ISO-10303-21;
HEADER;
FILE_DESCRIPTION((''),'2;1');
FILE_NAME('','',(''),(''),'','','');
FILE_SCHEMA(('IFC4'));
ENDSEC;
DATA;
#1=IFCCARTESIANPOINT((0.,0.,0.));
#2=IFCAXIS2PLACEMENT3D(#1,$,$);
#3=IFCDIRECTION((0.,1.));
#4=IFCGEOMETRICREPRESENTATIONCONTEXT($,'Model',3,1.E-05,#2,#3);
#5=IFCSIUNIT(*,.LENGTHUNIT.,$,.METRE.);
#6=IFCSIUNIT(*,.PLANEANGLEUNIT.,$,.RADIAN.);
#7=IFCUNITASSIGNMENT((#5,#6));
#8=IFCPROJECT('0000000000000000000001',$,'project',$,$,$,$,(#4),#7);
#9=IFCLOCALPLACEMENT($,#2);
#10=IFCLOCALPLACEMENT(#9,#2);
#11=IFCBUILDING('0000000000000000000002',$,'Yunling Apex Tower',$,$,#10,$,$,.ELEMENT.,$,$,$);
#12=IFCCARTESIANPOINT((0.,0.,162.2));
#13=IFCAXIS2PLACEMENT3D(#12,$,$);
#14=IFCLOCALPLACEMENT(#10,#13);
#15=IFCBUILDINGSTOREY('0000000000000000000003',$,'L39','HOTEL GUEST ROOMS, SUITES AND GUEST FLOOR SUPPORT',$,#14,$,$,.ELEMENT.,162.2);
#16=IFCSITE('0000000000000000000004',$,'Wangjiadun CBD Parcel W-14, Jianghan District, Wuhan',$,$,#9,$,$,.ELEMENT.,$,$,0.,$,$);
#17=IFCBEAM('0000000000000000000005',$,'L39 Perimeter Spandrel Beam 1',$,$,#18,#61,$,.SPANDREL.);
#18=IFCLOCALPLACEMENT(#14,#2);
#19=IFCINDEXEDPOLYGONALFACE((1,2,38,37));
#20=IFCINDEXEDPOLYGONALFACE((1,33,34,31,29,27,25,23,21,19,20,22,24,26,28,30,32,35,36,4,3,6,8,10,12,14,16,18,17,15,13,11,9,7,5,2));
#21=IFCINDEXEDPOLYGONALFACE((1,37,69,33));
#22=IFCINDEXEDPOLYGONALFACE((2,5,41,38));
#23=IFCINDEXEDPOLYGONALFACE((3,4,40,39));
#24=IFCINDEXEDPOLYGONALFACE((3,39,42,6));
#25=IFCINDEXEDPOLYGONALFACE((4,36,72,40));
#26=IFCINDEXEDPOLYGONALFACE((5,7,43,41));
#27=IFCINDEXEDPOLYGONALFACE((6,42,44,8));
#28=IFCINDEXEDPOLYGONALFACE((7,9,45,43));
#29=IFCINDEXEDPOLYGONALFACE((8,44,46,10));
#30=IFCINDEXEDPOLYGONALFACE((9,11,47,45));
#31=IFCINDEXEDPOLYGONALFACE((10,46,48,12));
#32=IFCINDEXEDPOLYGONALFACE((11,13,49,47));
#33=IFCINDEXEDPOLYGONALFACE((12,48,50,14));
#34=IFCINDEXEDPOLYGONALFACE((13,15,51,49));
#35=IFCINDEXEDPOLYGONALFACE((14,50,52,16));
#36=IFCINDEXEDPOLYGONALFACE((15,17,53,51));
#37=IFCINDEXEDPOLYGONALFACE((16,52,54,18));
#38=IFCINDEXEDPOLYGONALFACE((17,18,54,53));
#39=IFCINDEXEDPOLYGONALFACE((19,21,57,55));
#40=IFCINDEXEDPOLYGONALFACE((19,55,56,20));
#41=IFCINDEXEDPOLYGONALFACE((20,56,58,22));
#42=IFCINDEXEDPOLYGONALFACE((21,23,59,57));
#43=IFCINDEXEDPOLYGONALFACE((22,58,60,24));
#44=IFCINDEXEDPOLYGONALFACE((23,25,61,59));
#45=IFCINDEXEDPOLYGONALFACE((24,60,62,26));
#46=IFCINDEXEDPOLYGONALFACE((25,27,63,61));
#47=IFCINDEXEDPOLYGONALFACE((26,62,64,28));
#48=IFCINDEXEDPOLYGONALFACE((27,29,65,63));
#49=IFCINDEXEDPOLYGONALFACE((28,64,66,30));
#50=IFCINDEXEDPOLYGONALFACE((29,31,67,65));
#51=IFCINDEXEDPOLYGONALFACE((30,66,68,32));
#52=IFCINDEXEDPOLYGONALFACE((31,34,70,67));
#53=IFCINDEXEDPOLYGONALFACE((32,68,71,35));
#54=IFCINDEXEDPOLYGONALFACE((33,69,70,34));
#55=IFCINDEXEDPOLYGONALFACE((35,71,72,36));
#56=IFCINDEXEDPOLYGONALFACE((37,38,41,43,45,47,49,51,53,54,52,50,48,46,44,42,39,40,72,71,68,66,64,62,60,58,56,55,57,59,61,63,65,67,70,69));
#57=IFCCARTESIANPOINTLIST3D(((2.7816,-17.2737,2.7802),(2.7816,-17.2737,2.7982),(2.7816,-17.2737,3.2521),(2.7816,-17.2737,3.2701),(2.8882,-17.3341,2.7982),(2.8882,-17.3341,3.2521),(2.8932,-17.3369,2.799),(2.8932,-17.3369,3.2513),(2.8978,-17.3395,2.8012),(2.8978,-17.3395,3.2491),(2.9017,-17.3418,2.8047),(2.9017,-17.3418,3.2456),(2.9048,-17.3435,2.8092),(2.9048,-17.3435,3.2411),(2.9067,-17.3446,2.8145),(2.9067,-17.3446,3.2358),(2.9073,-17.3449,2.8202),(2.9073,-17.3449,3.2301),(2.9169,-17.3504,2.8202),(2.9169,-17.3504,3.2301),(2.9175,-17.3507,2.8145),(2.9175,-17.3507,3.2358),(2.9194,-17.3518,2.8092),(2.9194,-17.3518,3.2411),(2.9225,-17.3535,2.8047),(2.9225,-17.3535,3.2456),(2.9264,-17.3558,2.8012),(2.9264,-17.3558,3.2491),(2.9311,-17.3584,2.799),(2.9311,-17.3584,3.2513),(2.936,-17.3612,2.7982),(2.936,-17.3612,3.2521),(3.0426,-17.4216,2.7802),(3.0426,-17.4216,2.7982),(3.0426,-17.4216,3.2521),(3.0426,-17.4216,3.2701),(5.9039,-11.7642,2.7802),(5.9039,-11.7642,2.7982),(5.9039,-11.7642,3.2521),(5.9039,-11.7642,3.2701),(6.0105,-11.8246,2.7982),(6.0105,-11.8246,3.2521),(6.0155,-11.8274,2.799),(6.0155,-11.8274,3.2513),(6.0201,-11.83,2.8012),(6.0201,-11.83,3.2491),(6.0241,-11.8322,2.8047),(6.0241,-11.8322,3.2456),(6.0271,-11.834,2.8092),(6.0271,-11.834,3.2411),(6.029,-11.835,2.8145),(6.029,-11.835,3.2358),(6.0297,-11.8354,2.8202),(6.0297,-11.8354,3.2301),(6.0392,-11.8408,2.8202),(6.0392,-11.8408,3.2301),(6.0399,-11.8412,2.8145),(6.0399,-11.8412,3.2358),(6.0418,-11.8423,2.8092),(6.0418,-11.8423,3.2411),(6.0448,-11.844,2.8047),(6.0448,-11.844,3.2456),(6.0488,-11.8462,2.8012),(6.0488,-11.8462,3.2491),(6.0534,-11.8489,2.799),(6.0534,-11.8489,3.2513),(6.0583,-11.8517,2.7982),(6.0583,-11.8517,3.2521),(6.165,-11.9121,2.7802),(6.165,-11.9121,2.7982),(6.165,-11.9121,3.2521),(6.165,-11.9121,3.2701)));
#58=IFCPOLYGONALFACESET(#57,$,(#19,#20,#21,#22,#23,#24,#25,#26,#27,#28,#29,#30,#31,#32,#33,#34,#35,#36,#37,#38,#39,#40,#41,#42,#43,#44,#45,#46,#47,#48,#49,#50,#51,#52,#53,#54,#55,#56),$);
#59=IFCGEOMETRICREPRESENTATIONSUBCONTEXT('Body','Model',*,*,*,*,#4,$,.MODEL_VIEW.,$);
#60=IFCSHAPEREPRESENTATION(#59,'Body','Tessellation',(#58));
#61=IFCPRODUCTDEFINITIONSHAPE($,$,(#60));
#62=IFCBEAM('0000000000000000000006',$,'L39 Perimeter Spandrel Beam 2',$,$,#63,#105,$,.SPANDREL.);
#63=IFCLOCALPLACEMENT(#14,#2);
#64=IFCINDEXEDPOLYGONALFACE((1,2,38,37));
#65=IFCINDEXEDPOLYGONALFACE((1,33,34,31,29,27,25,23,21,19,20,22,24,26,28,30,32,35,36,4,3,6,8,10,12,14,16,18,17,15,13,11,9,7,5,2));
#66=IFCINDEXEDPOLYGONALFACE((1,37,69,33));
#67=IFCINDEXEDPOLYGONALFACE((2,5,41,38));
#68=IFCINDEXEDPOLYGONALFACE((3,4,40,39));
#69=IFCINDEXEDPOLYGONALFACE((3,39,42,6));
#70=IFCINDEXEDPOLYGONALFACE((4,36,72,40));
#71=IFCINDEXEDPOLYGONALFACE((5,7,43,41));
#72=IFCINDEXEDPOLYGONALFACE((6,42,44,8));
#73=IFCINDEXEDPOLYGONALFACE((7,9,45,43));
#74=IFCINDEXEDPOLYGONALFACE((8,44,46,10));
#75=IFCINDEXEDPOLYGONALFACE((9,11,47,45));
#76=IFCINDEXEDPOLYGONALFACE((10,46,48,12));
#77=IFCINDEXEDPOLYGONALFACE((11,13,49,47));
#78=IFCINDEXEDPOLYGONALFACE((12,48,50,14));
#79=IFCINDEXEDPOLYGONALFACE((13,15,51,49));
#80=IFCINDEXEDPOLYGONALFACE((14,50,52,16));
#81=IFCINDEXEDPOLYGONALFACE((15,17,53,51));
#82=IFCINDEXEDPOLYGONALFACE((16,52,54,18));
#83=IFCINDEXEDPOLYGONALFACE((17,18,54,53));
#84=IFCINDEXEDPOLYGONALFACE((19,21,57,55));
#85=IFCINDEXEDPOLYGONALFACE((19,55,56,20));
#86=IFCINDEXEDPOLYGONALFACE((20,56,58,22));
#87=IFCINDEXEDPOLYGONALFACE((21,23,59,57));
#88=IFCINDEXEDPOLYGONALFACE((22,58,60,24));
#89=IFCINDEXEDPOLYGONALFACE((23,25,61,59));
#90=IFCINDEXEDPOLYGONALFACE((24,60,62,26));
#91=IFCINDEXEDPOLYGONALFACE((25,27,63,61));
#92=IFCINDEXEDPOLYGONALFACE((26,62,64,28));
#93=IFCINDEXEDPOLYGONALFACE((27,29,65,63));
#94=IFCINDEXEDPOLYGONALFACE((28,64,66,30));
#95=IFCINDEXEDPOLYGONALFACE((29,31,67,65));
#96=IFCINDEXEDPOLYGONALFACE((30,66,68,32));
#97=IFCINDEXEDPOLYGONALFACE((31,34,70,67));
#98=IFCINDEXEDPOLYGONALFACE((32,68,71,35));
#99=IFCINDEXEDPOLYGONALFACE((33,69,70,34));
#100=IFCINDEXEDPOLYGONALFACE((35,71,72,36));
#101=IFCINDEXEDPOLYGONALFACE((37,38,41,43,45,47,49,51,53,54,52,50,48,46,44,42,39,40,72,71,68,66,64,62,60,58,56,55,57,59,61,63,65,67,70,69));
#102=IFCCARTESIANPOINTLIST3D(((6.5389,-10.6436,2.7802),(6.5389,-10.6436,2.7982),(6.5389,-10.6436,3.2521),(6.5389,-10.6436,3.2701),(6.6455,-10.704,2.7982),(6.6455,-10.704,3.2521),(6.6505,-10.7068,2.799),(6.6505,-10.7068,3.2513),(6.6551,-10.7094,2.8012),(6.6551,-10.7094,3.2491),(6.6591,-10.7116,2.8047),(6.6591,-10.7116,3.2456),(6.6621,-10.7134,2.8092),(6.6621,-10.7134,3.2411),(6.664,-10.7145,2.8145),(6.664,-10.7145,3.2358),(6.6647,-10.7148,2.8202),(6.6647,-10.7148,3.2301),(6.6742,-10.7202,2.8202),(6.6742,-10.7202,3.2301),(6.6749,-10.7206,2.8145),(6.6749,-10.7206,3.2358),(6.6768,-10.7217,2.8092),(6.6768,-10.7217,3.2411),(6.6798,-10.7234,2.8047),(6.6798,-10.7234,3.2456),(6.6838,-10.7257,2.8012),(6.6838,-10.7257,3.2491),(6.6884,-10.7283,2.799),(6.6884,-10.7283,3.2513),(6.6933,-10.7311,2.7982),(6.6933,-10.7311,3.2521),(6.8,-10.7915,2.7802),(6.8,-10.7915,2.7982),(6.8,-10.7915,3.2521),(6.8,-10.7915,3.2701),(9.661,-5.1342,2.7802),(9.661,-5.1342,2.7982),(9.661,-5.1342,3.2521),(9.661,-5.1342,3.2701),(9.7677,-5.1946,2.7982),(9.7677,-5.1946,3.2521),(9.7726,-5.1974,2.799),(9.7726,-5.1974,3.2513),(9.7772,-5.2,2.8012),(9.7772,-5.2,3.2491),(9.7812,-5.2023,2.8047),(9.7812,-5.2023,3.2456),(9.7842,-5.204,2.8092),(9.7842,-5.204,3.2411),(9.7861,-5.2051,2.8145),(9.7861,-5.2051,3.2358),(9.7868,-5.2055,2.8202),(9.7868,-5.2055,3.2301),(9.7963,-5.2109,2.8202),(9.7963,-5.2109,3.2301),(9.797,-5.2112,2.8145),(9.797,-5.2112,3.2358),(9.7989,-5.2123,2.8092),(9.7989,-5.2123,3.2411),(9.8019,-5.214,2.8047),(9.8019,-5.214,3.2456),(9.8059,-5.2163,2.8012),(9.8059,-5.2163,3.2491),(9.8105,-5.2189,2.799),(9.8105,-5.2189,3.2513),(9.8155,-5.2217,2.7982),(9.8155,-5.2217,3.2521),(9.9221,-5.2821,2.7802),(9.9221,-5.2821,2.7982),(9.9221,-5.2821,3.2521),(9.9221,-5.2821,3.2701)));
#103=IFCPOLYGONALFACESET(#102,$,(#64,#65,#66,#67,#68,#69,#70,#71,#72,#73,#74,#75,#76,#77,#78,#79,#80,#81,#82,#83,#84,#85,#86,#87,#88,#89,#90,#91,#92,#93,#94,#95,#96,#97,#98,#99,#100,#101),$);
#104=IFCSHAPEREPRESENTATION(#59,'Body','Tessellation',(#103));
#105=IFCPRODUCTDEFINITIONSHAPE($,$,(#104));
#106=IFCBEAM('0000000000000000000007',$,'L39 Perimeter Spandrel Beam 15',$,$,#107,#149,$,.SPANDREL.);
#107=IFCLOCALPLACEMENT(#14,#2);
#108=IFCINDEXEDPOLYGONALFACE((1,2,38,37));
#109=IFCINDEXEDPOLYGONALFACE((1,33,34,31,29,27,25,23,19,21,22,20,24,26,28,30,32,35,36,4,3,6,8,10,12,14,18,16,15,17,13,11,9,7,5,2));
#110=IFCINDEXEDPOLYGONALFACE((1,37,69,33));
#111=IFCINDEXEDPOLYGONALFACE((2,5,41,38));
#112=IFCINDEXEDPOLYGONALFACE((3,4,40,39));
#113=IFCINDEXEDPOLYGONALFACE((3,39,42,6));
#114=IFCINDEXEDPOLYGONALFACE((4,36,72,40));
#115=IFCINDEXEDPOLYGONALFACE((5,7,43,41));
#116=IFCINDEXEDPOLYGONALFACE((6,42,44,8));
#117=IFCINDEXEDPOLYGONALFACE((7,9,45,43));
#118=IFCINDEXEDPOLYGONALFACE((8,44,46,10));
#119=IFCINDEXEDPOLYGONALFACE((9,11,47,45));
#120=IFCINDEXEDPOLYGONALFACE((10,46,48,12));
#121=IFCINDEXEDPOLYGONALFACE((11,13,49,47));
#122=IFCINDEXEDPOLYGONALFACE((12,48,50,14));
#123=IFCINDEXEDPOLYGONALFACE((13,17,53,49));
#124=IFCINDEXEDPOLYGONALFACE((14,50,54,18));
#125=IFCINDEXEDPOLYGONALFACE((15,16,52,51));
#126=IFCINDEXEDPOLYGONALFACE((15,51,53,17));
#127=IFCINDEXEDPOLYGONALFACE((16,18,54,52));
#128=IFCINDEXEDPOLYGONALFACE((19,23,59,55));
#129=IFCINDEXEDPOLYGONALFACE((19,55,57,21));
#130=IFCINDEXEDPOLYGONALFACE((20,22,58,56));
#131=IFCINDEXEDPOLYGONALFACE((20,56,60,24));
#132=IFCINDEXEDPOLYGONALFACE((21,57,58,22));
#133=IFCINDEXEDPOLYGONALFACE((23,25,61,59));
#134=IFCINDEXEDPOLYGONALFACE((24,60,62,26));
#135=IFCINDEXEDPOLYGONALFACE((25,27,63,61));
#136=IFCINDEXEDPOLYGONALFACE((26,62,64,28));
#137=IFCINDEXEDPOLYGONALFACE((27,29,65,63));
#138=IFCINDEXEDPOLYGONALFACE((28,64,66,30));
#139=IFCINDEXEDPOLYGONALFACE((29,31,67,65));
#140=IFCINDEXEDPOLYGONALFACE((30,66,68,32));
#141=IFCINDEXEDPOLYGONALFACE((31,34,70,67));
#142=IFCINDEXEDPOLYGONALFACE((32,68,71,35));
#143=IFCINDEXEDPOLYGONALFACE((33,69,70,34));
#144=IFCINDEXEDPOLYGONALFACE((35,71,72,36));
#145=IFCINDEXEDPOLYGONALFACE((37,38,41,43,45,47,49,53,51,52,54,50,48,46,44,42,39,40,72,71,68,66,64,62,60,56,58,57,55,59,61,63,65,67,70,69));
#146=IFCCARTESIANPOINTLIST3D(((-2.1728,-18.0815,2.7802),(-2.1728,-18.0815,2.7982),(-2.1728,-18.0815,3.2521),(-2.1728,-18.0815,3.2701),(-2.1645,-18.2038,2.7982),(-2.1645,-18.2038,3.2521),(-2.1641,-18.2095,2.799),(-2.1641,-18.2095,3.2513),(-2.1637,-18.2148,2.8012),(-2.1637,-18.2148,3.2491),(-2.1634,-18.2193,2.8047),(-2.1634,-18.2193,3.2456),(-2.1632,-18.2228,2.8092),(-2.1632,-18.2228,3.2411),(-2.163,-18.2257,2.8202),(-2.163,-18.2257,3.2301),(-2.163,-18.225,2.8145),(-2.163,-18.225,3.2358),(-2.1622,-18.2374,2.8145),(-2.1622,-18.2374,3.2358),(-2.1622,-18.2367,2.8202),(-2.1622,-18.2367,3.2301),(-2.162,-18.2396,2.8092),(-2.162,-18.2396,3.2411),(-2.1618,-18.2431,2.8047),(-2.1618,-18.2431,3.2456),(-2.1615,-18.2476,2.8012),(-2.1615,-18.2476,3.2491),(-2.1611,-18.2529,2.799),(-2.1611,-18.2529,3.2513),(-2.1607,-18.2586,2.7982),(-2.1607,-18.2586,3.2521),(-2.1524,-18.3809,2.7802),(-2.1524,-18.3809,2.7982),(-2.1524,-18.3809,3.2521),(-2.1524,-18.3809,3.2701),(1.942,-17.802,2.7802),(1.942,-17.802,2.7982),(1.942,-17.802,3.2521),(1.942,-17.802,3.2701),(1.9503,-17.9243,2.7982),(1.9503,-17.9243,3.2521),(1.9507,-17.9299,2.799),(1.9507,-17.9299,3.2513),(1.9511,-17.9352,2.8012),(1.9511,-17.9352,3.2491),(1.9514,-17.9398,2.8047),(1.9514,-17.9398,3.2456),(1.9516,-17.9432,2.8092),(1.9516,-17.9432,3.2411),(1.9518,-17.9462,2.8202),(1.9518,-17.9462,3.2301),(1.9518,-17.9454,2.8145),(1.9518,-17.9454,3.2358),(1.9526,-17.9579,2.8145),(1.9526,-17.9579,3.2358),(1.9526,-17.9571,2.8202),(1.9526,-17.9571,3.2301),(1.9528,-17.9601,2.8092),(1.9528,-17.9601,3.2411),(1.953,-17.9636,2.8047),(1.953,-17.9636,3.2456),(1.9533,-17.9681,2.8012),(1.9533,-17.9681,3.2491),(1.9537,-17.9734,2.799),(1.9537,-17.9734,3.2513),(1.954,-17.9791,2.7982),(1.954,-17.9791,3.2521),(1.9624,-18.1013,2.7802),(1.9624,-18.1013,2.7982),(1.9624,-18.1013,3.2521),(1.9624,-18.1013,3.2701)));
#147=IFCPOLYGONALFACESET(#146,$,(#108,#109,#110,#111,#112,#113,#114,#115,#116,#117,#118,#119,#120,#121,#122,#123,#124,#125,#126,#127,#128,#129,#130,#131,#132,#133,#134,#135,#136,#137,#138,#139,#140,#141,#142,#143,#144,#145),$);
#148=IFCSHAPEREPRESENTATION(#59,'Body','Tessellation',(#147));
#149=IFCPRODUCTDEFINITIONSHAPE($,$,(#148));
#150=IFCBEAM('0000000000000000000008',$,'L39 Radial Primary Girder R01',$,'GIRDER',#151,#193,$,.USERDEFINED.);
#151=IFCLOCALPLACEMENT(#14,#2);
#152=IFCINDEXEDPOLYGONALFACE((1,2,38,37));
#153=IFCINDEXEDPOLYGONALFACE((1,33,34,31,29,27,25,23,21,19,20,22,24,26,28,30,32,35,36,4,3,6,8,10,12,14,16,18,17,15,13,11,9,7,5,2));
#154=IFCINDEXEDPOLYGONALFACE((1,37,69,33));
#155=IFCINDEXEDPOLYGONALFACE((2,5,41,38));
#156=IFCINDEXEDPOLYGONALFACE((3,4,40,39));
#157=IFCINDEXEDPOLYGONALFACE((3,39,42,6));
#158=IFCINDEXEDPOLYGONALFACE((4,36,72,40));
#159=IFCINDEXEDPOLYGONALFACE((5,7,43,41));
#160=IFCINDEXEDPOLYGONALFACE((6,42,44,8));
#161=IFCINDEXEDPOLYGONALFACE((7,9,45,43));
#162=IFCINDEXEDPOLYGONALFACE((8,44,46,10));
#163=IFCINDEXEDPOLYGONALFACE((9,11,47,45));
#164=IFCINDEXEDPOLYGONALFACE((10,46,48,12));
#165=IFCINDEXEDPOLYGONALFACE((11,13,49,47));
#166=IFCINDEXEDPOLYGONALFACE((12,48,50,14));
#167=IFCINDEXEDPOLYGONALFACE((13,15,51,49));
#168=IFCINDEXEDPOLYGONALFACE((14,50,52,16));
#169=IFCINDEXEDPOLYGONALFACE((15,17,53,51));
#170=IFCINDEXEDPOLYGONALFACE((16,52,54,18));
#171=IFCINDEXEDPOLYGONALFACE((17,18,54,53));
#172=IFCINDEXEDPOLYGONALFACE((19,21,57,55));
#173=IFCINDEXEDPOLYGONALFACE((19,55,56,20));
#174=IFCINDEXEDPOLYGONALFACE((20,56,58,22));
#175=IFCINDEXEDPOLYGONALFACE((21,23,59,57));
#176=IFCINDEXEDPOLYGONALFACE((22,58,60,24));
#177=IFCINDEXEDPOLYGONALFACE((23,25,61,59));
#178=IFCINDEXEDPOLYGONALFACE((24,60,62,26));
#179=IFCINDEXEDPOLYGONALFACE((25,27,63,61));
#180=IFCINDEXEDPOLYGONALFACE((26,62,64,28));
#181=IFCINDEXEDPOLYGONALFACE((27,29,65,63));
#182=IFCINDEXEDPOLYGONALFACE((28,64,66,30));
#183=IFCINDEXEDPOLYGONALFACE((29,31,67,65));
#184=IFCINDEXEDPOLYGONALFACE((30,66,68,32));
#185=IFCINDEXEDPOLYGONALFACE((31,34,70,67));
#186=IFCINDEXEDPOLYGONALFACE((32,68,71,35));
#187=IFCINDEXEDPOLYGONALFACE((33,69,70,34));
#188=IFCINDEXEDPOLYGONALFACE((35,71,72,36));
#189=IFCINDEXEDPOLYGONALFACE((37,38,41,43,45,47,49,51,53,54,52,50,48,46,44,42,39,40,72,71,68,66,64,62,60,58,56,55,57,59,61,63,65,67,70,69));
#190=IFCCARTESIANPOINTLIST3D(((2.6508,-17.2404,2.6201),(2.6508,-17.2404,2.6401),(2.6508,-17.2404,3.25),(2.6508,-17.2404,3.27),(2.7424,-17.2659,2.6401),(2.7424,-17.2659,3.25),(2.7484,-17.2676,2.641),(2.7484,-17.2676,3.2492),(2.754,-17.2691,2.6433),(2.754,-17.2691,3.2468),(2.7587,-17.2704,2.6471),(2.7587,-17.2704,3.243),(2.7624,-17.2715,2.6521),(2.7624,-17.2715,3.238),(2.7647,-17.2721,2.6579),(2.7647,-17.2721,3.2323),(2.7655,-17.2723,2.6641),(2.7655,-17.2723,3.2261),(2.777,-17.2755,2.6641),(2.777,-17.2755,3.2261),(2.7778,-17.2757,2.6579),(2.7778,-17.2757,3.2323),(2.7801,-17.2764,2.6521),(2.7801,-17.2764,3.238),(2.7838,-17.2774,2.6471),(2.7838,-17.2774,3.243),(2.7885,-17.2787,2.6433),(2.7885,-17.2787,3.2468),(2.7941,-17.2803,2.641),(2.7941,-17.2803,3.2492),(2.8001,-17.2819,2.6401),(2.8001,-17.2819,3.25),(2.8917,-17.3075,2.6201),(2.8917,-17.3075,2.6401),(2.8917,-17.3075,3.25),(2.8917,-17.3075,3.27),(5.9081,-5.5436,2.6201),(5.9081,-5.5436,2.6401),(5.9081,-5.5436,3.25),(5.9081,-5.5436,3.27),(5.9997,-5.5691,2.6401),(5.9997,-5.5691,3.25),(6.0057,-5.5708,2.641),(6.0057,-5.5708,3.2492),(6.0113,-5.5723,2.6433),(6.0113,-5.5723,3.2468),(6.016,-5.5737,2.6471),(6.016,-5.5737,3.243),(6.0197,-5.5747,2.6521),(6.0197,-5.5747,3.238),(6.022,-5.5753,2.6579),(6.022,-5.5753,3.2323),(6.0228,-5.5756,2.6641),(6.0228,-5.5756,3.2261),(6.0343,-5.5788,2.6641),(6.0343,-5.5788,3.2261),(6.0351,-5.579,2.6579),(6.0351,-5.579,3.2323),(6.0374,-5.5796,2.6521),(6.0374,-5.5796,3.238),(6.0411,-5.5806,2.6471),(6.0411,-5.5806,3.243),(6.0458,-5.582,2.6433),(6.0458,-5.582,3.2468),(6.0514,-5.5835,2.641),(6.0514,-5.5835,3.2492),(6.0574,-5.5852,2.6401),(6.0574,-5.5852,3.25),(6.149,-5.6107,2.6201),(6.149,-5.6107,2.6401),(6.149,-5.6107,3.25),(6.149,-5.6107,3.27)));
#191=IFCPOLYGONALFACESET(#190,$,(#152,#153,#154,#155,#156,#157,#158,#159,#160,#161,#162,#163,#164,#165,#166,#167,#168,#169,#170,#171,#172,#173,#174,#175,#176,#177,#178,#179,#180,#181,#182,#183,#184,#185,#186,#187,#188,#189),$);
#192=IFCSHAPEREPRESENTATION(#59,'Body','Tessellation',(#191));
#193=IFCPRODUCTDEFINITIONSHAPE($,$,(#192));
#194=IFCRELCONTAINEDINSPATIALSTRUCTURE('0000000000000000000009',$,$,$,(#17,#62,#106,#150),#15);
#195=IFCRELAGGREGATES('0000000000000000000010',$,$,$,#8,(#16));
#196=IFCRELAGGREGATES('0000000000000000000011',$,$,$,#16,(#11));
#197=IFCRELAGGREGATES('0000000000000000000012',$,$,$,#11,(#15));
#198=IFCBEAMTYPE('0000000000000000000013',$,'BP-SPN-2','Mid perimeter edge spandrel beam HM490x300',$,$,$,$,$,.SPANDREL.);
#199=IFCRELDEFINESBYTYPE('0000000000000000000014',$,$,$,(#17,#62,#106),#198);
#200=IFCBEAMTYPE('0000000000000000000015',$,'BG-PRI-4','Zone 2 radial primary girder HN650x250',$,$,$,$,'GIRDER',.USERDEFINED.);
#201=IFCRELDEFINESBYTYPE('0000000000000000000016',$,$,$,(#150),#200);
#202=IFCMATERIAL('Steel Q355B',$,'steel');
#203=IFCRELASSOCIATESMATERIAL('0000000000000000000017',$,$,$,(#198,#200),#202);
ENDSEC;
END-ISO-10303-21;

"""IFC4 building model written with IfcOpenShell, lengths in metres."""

from ifc_helpers import new_model, si_unit, direction, frame, origin, origin_2d, place, context, subcontext, project, spatial, i_section, extrude, source, transform, mapped, material, material_profile, profile_set, type_object, element, save


model = new_model("IFC4")

# Units and contexts
model_context = context("Model", 3, precision=1e-05, world=origin(), true_north=direction((0.0, 1.0)))
body_context = subcontext(model_context, "Body", "Model", "MODEL_VIEW")
ifc_project = project(units=[si_unit("LENGTHUNIT", "METRE"), si_unit("PLANEANGLEUNIT", "RADIAN")], contexts=[model_context])

# Site, building, storey
site_placement = place(None, origin())
site = spatial("IfcSite", under=ifc_project, at=site_placement, Name="Wangjiadun CBD Parcel W-14, Jianghan District, Wuhan", CompositionType="ELEMENT", RefElevation=0.0)
building_placement = place(site_placement, origin())
building = spatial("IfcBuilding", under=site, at=building_placement, Name="Yunling Apex Tower", CompositionType="ELEMENT")
storey_placement = place(building_placement, frame((0.0, 0.0, 162.2)))
storey = spatial("IfcBuildingStorey", under=building, at=storey_placement, Name="L39", Description="HOTEL GUEST ROOMS, SUITES AND GUEST FLOOR SUPPORT", CompositionType="ELEMENT", Elevation=162.2)

# Beams
ifc_material_1 = material(Name="Steel Q355B", Category="steel")
ifc_material_profile_1 = material_profile(ifc_material_1, i_section(OverallWidth=0.3, OverallDepth=0.49, WebThickness=0.011, FlangeThickness=0.0181, FilletRadius=0.022, at=origin_2d()))
ifc_profile_set_1 = profile_set([ifc_material_profile_1], Name="Steel Q355B")
beam_type_1 = type_object("IfcBeamType", Name="BP-SPN-2", Description="Mid perimeter edge spandrel beam HM490x300", PredefinedType="SPANDREL", material=ifc_profile_set_1)
shared_shape_1 = source(origin(), body_context, "Body", "SweptSolid", [
    extrude(i_section(OverallWidth=0.3, OverallDepth=0.49, WebThickness=0.011, FlangeThickness=0.0181, FilletRadius=0.022, at=origin_2d()), origin(), (0.0, 0.0, 1.0), 6.3328),
])
beam_1_placement = place(storey_placement, frame((2.9121, -17.3477, 3.0251), z_axis=(0.493043, 0.870005, 0.0), x_axis=(-0.870005, 0.493043, 0.0)))
element("IfcBeam", 1, at=beam_1_placement, inside=storey, type_object=beam_type_1, Name="L39 Perimeter Spandrel Beam 1", PredefinedType="SPANDREL", context=body_context, shape_type="MappedRepresentation", body=[
    mapped(shared_shape_1, transform((0.0, 0.0, 0.0), scale=1.0)),
])
shared_shape_2 = source(origin(), body_context, "Body", "SweptSolid", [
    extrude(i_section(OverallWidth=0.3, OverallDepth=0.49, WebThickness=0.011, FlangeThickness=0.0181, FilletRadius=0.022, at=origin_2d()), origin(), (0.0, 0.0, 1.0), 6.3325),
])
beam_2_placement = place(storey_placement, frame((6.6694, -10.7175, 3.0251), z_axis=(0.49303, 0.870012, 0.0), x_axis=(-0.870012, 0.49303, 0.0)))
element("IfcBeam", 2, at=beam_2_placement, inside=storey, type_object=beam_type_1, Name="L39 Perimeter Spandrel Beam 2", PredefinedType="SPANDREL", context=body_context, shape_type="MappedRepresentation", body=[
    mapped(shared_shape_2, transform((0.0, 0.0, 0.0), scale=1.0)),
])
shared_shape_3 = source(origin(), body_context, "Body", "SweptSolid", [
    extrude(i_section(OverallWidth=0.3, OverallDepth=0.49, WebThickness=0.011, FlangeThickness=0.0181, FilletRadius=0.022, at=origin_2d()), origin(), (0.0, 0.0, 1.0), 4.1243),
])
beam_3_placement = place(storey_placement, frame((-2.1626, -18.2312, 3.0251), z_axis=(0.9977, 0.06778, 0.0), x_axis=(-0.06778, 0.9977, 0.0)))
element("IfcBeam", 3, at=beam_3_placement, inside=storey, type_object=beam_type_1, Name="L39 Perimeter Spandrel Beam 15", PredefinedType="SPANDREL", context=body_context, shape_type="MappedRepresentation", body=[
    mapped(shared_shape_3, transform((0.0, 0.0, 0.0), scale=1.0)),
])
ifc_material_profile_2 = material_profile(ifc_material_1, i_section(OverallWidth=0.25, OverallDepth=0.6499, WebThickness=0.012, FlangeThickness=0.02, FilletRadius=0.0239, at=origin_2d()))
ifc_profile_set_2 = profile_set([ifc_material_profile_2], Name="Steel Q355B")
beam_type_2 = type_object("IfcBeamType", Name="BG-PRI-4", Description="Zone 2 radial primary girder HN650x250", ElementType="GIRDER", PredefinedType="USERDEFINED", material=ifc_profile_set_2)
shared_shape_4 = source(origin(), body_context, "Body", "SweptSolid", [
    extrude(i_section(OverallWidth=0.25, OverallDepth=0.6499, WebThickness=0.012, FlangeThickness=0.02, FilletRadius=0.0239, at=origin_2d()), origin(), (0.0, 0.0, 1.0), 12.1418),
])
beam_4_placement = place(storey_placement, frame((2.7712, -17.2739, 2.9451), z_axis=(0.268272, 0.963343, 0.0), x_axis=(-0.963343, 0.268272, 0.0)))
element("IfcBeam", 4, at=beam_4_placement, inside=storey, type_object=beam_type_2, Name="L39 Radial Primary Girder R01", ObjectType="GIRDER", PredefinedType="USERDEFINED", context=body_context, shape_type="MappedRepresentation", body=[
    mapped(shared_shape_4, transform((0.0, 0.0, 0.0), scale=1.0)),
])

save(model, "model.ifc")
